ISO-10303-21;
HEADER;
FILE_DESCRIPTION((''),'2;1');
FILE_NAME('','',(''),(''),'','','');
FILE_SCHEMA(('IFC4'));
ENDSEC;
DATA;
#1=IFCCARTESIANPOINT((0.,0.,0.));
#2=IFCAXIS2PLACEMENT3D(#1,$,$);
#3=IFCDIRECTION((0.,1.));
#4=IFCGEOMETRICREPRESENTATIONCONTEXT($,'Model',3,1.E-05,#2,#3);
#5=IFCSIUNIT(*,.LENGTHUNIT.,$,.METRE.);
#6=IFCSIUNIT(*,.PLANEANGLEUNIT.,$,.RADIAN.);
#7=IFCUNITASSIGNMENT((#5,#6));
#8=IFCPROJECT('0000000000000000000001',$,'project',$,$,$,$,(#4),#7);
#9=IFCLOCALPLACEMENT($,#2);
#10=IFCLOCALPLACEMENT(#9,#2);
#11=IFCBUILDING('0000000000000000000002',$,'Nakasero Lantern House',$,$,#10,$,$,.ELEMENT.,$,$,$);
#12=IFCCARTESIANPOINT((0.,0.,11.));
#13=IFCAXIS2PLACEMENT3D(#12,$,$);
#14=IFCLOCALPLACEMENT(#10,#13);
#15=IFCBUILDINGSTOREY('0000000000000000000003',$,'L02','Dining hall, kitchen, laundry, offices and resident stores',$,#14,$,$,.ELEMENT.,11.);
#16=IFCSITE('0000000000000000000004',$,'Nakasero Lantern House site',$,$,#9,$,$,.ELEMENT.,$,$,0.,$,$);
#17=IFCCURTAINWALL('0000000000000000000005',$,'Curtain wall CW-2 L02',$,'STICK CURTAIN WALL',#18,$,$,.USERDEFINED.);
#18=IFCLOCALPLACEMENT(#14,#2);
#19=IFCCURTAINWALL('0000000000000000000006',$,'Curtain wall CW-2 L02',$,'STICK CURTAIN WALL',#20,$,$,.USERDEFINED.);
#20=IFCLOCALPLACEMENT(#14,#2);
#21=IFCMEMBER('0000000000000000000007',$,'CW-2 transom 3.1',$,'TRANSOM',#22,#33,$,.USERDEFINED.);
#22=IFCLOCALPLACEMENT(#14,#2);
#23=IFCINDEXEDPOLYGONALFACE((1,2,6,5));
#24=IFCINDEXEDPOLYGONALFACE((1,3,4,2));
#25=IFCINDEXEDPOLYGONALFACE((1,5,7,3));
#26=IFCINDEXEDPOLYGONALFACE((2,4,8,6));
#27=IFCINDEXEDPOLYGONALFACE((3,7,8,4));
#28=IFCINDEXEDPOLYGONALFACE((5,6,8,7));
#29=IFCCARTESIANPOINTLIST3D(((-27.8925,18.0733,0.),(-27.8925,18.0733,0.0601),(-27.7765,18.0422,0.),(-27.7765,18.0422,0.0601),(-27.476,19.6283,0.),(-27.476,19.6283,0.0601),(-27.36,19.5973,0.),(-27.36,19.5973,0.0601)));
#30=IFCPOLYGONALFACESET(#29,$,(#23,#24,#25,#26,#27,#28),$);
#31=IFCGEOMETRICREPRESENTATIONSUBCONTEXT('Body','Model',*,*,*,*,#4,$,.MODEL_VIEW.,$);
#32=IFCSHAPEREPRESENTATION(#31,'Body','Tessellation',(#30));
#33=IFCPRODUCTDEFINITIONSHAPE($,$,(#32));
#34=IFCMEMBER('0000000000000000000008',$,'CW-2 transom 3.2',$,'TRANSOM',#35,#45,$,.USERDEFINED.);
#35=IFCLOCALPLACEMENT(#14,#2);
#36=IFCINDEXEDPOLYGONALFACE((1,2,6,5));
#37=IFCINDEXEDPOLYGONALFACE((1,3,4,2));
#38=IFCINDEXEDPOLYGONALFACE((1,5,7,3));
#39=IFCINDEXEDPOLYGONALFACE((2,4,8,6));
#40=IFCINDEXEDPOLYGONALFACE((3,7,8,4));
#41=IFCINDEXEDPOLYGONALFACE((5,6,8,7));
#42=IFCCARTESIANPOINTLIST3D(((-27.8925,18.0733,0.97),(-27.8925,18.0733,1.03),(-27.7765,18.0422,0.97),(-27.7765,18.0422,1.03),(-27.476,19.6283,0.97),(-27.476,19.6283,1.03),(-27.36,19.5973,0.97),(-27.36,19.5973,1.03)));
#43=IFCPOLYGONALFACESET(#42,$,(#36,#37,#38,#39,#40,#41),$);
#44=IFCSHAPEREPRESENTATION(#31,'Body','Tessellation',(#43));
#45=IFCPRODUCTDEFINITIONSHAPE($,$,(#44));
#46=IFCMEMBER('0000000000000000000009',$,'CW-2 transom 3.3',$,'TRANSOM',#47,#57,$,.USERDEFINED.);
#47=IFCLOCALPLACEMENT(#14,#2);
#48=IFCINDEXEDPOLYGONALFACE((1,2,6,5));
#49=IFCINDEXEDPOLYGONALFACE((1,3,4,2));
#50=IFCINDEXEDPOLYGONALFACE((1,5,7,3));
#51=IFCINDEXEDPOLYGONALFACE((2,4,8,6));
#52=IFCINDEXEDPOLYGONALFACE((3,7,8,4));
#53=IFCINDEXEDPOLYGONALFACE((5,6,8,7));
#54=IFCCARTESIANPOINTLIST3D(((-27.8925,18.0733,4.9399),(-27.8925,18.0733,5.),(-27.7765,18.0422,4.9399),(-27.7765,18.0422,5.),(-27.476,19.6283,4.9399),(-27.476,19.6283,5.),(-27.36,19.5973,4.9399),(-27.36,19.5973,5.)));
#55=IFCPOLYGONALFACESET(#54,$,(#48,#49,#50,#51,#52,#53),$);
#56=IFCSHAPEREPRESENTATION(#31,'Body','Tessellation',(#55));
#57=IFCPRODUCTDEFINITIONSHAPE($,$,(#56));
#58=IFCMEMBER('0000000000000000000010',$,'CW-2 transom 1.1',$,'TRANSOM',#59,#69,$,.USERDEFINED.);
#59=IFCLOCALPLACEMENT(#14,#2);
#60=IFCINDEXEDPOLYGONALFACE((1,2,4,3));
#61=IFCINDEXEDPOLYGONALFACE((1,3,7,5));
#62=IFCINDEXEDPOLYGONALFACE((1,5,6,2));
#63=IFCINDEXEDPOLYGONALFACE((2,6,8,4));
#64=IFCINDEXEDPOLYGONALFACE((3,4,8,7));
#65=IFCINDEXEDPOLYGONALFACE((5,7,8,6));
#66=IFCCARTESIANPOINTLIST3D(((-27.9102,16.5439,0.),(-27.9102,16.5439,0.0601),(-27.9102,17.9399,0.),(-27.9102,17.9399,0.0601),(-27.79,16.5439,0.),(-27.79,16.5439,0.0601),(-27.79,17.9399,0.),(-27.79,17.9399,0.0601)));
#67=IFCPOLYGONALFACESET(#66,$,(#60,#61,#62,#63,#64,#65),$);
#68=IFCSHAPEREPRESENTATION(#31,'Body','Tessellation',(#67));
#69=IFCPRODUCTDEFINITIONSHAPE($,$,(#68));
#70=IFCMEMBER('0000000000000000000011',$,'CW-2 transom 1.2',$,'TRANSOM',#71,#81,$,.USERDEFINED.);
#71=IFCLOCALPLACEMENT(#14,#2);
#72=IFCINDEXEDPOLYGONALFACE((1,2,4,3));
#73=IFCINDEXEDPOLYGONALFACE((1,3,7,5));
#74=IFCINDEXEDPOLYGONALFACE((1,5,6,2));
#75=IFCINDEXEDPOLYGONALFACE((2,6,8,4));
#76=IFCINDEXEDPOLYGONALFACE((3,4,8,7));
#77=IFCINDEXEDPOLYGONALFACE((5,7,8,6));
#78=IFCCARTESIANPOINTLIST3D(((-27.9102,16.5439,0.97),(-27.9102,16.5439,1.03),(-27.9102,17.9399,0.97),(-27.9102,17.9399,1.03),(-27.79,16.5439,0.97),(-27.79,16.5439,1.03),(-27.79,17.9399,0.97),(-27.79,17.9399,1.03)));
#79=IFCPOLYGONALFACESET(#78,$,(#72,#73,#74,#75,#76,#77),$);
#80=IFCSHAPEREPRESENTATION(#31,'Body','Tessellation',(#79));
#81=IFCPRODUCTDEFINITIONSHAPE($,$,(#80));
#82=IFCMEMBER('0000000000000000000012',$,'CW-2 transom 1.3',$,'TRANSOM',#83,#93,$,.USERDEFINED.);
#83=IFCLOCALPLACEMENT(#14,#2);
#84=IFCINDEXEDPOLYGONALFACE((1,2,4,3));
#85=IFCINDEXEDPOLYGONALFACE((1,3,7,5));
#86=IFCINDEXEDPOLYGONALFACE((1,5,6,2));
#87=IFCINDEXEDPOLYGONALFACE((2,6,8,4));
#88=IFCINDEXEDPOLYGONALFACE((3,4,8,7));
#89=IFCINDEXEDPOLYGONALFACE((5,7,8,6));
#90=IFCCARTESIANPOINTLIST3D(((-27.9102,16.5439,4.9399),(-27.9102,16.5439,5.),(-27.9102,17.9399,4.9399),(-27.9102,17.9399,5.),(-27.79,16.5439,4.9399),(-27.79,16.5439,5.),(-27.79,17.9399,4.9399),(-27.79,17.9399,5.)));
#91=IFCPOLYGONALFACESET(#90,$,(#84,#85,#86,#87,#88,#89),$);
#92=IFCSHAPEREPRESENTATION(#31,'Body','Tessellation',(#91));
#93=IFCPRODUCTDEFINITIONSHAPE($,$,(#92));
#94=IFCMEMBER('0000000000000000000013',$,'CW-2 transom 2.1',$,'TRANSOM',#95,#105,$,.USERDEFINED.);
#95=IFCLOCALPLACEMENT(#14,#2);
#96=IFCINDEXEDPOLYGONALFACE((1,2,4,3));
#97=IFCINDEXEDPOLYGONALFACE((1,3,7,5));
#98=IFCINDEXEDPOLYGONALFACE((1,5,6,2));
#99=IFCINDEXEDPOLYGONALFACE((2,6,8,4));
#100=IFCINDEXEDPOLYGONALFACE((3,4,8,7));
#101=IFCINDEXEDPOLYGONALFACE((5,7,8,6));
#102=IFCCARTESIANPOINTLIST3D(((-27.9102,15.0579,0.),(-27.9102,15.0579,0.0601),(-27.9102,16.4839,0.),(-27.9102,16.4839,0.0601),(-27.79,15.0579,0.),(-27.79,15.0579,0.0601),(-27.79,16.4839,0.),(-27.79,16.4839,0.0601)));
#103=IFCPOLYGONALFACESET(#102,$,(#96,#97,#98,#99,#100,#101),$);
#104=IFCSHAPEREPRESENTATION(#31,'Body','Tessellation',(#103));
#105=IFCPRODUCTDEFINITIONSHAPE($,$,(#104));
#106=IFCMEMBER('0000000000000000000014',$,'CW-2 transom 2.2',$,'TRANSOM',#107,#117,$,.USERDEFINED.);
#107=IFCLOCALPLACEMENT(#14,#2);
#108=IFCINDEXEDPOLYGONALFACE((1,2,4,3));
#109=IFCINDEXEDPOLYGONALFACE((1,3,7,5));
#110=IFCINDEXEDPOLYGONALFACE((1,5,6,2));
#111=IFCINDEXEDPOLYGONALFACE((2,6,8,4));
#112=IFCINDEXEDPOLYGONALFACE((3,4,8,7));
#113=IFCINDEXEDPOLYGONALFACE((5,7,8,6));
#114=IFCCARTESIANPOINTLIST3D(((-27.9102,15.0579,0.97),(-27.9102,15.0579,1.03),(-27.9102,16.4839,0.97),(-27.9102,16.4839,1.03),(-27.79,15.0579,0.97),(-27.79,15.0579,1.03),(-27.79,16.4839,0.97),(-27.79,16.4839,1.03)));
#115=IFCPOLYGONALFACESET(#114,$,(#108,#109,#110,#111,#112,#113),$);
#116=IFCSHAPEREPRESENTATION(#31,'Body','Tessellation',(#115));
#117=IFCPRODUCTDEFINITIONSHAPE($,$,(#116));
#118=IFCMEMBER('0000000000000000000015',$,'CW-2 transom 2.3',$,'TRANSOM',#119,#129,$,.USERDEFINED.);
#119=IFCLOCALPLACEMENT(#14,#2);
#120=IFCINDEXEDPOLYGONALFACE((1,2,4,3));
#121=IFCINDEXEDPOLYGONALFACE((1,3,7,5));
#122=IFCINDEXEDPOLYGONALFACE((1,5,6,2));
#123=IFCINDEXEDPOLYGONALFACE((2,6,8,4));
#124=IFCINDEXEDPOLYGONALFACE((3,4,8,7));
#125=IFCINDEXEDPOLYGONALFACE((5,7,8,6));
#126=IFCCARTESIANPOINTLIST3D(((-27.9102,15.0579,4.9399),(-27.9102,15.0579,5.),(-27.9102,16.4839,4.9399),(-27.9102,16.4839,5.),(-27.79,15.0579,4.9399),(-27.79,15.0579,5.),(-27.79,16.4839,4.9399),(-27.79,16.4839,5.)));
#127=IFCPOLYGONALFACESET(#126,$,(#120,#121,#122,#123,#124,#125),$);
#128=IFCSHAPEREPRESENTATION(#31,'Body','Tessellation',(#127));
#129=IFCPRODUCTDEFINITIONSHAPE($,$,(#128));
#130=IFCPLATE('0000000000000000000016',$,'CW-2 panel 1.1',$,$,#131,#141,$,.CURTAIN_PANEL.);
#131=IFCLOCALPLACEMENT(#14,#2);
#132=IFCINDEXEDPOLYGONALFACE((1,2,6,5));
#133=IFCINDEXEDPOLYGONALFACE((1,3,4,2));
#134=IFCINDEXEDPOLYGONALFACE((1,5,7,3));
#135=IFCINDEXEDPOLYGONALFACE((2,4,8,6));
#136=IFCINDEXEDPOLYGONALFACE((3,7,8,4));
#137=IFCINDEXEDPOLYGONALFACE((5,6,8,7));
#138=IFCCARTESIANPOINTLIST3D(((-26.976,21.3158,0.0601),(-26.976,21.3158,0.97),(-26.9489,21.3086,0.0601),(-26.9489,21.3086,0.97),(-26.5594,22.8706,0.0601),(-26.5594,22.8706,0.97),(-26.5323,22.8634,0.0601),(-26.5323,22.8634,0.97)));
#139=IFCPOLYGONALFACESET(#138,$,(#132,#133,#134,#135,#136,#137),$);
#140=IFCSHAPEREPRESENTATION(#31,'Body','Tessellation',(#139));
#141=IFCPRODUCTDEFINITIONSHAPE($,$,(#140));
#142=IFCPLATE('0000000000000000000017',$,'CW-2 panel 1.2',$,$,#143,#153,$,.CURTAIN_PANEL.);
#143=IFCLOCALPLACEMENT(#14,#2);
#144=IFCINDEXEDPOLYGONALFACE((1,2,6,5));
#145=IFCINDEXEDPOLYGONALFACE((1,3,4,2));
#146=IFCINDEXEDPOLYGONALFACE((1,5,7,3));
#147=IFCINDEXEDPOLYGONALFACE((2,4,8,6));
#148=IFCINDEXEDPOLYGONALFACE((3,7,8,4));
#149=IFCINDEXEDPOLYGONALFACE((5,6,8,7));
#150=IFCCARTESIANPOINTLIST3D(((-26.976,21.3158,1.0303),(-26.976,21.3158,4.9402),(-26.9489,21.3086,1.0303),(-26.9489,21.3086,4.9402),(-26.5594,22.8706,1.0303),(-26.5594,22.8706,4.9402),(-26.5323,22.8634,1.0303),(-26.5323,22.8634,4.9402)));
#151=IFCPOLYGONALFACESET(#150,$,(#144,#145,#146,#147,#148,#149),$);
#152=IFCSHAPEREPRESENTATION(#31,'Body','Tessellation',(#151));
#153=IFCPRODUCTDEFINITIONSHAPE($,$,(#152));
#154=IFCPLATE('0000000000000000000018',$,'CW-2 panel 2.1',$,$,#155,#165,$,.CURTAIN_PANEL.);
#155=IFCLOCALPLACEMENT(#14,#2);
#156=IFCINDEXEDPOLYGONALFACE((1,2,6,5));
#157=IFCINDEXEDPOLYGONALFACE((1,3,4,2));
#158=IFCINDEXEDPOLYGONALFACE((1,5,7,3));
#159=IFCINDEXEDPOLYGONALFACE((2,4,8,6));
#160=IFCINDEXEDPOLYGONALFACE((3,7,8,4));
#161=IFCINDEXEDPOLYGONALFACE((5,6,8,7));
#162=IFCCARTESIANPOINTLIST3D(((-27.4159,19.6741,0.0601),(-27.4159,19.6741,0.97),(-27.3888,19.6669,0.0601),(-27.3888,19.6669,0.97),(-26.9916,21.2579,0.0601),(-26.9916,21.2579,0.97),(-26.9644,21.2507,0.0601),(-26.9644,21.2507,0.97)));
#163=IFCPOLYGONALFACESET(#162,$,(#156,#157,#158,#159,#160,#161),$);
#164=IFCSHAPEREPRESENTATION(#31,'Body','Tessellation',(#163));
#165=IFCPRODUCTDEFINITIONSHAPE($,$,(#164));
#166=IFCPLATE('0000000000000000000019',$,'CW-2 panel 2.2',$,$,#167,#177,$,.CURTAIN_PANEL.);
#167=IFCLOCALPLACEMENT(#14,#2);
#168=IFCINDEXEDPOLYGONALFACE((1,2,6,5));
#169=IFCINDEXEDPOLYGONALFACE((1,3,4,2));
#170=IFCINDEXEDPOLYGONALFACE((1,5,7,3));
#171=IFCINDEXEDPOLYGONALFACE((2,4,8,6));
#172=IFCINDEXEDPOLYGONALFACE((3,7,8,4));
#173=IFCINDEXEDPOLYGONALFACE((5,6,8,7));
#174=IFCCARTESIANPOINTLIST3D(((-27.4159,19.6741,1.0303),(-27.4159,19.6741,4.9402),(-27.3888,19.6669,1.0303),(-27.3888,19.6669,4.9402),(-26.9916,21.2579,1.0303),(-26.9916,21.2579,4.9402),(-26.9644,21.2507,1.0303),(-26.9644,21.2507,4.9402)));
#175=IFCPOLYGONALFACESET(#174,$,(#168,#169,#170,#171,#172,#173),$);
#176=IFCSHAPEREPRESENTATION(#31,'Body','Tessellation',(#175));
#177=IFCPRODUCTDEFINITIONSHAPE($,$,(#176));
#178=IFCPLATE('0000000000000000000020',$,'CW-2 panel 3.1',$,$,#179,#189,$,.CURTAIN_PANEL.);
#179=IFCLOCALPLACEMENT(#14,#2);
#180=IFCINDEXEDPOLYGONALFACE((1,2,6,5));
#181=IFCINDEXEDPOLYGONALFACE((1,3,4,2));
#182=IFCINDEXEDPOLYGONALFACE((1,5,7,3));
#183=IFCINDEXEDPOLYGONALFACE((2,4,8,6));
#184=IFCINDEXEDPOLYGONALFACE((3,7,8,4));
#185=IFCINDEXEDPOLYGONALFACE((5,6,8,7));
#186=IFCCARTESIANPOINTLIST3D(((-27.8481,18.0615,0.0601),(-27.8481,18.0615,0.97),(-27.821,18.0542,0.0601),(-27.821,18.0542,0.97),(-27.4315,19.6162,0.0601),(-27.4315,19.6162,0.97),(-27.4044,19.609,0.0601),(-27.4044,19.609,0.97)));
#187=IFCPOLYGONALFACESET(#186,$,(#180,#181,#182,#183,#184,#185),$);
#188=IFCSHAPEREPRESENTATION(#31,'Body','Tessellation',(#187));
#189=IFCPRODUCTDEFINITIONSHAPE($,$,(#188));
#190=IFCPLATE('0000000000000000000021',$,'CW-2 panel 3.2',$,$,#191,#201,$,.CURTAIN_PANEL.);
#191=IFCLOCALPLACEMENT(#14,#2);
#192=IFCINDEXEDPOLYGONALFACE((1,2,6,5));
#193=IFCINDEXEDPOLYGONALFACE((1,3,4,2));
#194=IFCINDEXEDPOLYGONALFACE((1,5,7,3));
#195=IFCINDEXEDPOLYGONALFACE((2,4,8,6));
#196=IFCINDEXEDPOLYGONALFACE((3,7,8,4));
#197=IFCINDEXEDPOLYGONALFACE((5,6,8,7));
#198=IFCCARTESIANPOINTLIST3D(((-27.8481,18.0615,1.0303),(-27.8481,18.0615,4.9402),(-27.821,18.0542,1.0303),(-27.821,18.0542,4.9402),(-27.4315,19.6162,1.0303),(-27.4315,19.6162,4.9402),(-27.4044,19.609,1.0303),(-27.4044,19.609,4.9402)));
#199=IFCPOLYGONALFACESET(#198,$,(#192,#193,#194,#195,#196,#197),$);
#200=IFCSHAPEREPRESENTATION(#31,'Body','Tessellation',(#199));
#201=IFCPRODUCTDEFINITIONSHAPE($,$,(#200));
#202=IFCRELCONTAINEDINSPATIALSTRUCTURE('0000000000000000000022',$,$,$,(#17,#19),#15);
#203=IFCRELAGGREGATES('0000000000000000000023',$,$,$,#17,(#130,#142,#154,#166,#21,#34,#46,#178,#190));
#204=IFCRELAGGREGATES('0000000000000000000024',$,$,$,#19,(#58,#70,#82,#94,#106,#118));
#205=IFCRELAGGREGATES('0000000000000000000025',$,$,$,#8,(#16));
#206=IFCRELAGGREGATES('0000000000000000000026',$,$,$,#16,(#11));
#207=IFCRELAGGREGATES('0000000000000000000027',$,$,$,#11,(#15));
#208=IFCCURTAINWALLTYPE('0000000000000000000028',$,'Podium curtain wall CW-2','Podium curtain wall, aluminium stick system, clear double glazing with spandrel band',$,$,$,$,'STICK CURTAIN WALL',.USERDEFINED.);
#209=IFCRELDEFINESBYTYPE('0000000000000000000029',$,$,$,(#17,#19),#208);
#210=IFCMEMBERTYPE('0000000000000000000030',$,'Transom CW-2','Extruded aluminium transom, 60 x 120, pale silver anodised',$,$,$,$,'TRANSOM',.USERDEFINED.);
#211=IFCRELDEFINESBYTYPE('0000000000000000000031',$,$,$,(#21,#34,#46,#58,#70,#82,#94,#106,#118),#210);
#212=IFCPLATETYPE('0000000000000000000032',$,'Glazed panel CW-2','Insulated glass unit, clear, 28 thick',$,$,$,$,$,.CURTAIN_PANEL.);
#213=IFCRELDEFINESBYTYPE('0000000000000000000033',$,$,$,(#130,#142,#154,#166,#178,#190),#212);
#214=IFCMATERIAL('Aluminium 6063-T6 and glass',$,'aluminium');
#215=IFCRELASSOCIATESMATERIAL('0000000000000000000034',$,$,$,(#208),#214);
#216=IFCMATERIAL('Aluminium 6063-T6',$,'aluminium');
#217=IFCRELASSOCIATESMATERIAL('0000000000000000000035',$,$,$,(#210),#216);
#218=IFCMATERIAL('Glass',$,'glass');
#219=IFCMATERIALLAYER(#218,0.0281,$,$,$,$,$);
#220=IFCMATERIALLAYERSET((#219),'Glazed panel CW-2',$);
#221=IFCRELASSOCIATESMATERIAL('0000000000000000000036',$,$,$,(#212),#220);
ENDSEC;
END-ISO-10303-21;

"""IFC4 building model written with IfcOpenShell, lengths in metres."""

from ifc_helpers import new_model, si_unit, direction, frame, origin, origin_2d, place, context, subcontext, project, spatial, rectangle, extrude, material, layer, layer_set, material_profile, profile_set, type_object, element, aggregate, save


model = new_model("IFC4")

# Units and contexts
model_context = context("Model", 3, precision=1e-05, world=origin(), true_north=direction((0.0, 1.0)))
body_context = subcontext(model_context, "Body", "Model", "MODEL_VIEW")
ifc_project = project(units=[si_unit("LENGTHUNIT", "METRE"), si_unit("PLANEANGLEUNIT", "RADIAN")], contexts=[model_context])

# Site, building, storey
site_placement = place(None, origin())
site = spatial("IfcSite", under=ifc_project, at=site_placement, Name="Nakasero Lantern House site", CompositionType="ELEMENT", RefElevation=0.0)
building_placement = place(site_placement, origin())
building = spatial("IfcBuilding", under=site, at=building_placement, Name="Nakasero Lantern House", CompositionType="ELEMENT")
storey_placement = place(building_placement, frame((0.0, 0.0, 11.0)))
storey = spatial("IfcBuildingStorey", under=building, at=storey_placement, Name="L02", Description="Dining hall, kitchen, laundry, offices and resident stores", CompositionType="ELEMENT", Elevation=11.0)

# Curtain walls
ifc_material_1 = material(Name="Aluminium 6063-T6 and glass", Category="aluminium")
curtain_wall_type = type_object("IfcCurtainWallType", Name="Podium curtain wall CW-2", Description="Podium curtain wall, aluminium stick system, clear double glazing with spandrel band", ElementType="STICK CURTAIN WALL", PredefinedType="USERDEFINED", material=ifc_material_1)
curtain_wall_1_placement = place(storey_placement, origin())
curtain_wall_1 = element("IfcCurtainWall", 1, at=curtain_wall_1_placement, inside=storey, type_object=curtain_wall_type, Name="Curtain wall CW-2 L02", ObjectType="STICK CURTAIN WALL", PredefinedType="USERDEFINED")
curtain_wall_2_placement = place(storey_placement, origin())
curtain_wall_2 = element("IfcCurtainWall", 2, at=curtain_wall_2_placement, inside=storey, type_object=curtain_wall_type, Name="Curtain wall CW-2 L02", ObjectType="STICK CURTAIN WALL", PredefinedType="USERDEFINED")

# Members
ifc_material_2 = material(Name="Aluminium 6063-T6", Category="aluminium")
ifc_material_profile_1 = material_profile(ifc_material_2, rectangle(XDim=0.0601, YDim=0.1201, at=origin_2d()), Name="CW-2 transom 60x120")
ifc_profile_set_1 = profile_set([ifc_material_profile_1], Name="Aluminium 6063-T6")
member_type_1 = type_object("IfcMemberType", Name="Transom CW-2", Description="Extruded aluminium transom, 60 x 120, pale silver anodised", ElementType="TRANSOM", PredefinedType="USERDEFINED", material=ifc_profile_set_1)
member_1_placement = place(storey_placement, frame((-27.418, 19.6128, 0.03), z_axis=(-0.258739, -0.965947, 0.0), x_axis=(0.0, 0.0, 1.0)))
member_1 = element("IfcMember", 3, at=member_1_placement, type_object=member_type_1, Name="CW-2 transom 3.1", ObjectType="TRANSOM", PredefinedType="USERDEFINED", context=body_context, shape_type="SweptSolid", body=[
    extrude(rectangle(XDim=0.0601, YDim=0.1201, at=origin_2d()), origin(), (0.0, 0.0, 1.0), 1.6099),
])
member_2_placement = place(storey_placement, frame((-27.418, 19.6128, 1.0), z_axis=(-0.258739, -0.965947, 0.0), x_axis=(0.0, 0.0, 1.0)))
member_2 = element("IfcMember", 4, at=member_2_placement, type_object=member_type_1, Name="CW-2 transom 3.2", ObjectType="TRANSOM", PredefinedType="USERDEFINED", context=body_context, shape_type="SweptSolid", body=[
    extrude(rectangle(XDim=0.0601, YDim=0.1201, at=origin_2d()), origin(), (0.0, 0.0, 1.0), 1.6099),
])
member_3_placement = place(storey_placement, frame((-27.418, 19.6128, 4.97), z_axis=(-0.258739, -0.965947, 0.0), x_axis=(0.0, 0.0, 1.0)))
member_3 = element("IfcMember", 5, at=member_3_placement, type_object=member_type_1, Name="CW-2 transom 3.3", ObjectType="TRANSOM", PredefinedType="USERDEFINED", context=body_context, shape_type="SweptSolid", body=[
    extrude(rectangle(XDim=0.0601, YDim=0.1201, at=origin_2d()), origin(), (0.0, 0.0, 1.0), 1.6099),
])
member_4_placement = place(storey_placement, frame((-27.8501, 17.9399, 0.03), z_axis=(0.0, -1.0, 0.0), x_axis=(0.0, 0.0, 1.0)))
member_4 = element("IfcMember", 6, at=member_4_placement, type_object=member_type_1, Name="CW-2 transom 1.1", ObjectType="TRANSOM", PredefinedType="USERDEFINED", context=body_context, shape_type="SweptSolid", body=[
    extrude(rectangle(XDim=0.0601, YDim=0.1201, at=origin_2d()), origin(), (0.0, 0.0, 1.0), 1.396),
])
member_5_placement = place(storey_placement, frame((-27.8501, 17.9399, 1.0), z_axis=(0.0, -1.0, 0.0), x_axis=(0.0, 0.0, 1.0)))
member_5 = element("IfcMember", 7, at=member_5_placement, type_object=member_type_1, Name="CW-2 transom 1.2", ObjectType="TRANSOM", PredefinedType="USERDEFINED", context=body_context, shape_type="SweptSolid", body=[
    extrude(rectangle(XDim=0.0601, YDim=0.1201, at=origin_2d()), origin(), (0.0, 0.0, 1.0), 1.396),
])
member_6_placement = place(storey_placement, frame((-27.8501, 17.9399, 4.97), z_axis=(0.0, -1.0, 0.0), x_axis=(0.0, 0.0, 1.0)))
member_6 = element("IfcMember", 8, at=member_6_placement, type_object=member_type_1, Name="CW-2 transom 1.3", ObjectType="TRANSOM", PredefinedType="USERDEFINED", context=body_context, shape_type="SweptSolid", body=[
    extrude(rectangle(XDim=0.0601, YDim=0.1201, at=origin_2d()), origin(), (0.0, 0.0, 1.0), 1.396),
])
member_7_placement = place(storey_placement, frame((-27.8501, 16.4839, 0.03), z_axis=(0.0, -1.0, 0.0), x_axis=(0.0, 0.0, 1.0)))
member_7 = element("IfcMember", 9, at=member_7_placement, type_object=member_type_1, Name="CW-2 transom 2.1", ObjectType="TRANSOM", PredefinedType="USERDEFINED", context=body_context, shape_type="SweptSolid", body=[
    extrude(rectangle(XDim=0.0601, YDim=0.1201, at=origin_2d()), origin(), (0.0, 0.0, 1.0), 1.426),
])
member_8_placement = place(storey_placement, frame((-27.8501, 16.4839, 1.0), z_axis=(0.0, -1.0, 0.0), x_axis=(0.0, 0.0, 1.0)))
member_8 = element("IfcMember", 10, at=member_8_placement, type_object=member_type_1, Name="CW-2 transom 2.2", ObjectType="TRANSOM", PredefinedType="USERDEFINED", context=body_context, shape_type="SweptSolid", body=[
    extrude(rectangle(XDim=0.0601, YDim=0.1201, at=origin_2d()), origin(), (0.0, 0.0, 1.0), 1.426),
])
member_9_placement = place(storey_placement, frame((-27.8501, 16.4839, 4.97), z_axis=(0.0, -1.0, 0.0), x_axis=(0.0, 0.0, 1.0)))
member_9 = element("IfcMember", 11, at=member_9_placement, type_object=member_type_1, Name="CW-2 transom 2.3", ObjectType="TRANSOM", PredefinedType="USERDEFINED", context=body_context, shape_type="SweptSolid", body=[
    extrude(rectangle(XDim=0.0601, YDim=0.1201, at=origin_2d()), origin(), (0.0, 0.0, 1.0), 1.426),
])

# Plates
ifc_material_3 = material(Name="Glass", Category="glass")
ifc_layer = layer(ifc_material_3, 0.0281)
ifc_layer_set = layer_set([ifc_layer], Name="Glazed panel CW-2")
plate_type = type_object("IfcPlateType", Name="Glazed panel CW-2", Description="Insulated glass unit, clear, 28 thick", PredefinedType="CURTAIN_PANEL", material=ifc_layer_set)
plate_1_placement = place(storey_placement, frame((-26.7542, 22.0896, 0.0601), z_axis=(0.0, 0.0, 1.0), x_axis=(-0.258819, -0.965926, 0.0)))
plate_1 = element("IfcPlate", 12, at=plate_1_placement, type_object=plate_type, Name="CW-2 panel 1.1", PredefinedType="CURTAIN_PANEL", context=body_context, shape_type="SweptSolid", body=[
    extrude(rectangle(XDim=1.6096, YDim=0.0281, at=origin_2d()), origin(), (0.0, 0.0, 1.0), 0.9099),
])
plate_2_placement = place(storey_placement, frame((-26.7542, 22.0896, 1.0303), z_axis=(0.0, 0.0, 1.0), x_axis=(-0.258819, -0.965926, 0.0)))
plate_2 = element("IfcPlate", 13, at=plate_2_placement, type_object=plate_type, Name="CW-2 panel 1.2", PredefinedType="CURTAIN_PANEL", context=body_context, shape_type="SweptSolid", body=[
    extrude(rectangle(XDim=1.6096, YDim=0.0281, at=origin_2d()), origin(), (0.0, 0.0, 1.0), 3.9099),
])
plate_3_placement = place(storey_placement, frame((-27.1902, 20.4624, 0.0601), z_axis=(0.0, 0.0, 1.0), x_axis=(-0.258819, -0.965926, 0.0)))
plate_3 = element("IfcPlate", 14, at=plate_3_placement, type_object=plate_type, Name="CW-2 panel 2.1", PredefinedType="CURTAIN_PANEL", context=body_context, shape_type="SweptSolid", body=[
    extrude(rectangle(XDim=1.6396, YDim=0.0281, at=origin_2d()), origin(), (0.0, 0.0, 1.0), 0.9099),
])
plate_4_placement = place(storey_placement, frame((-27.1902, 20.4624, 1.0303), z_axis=(0.0, 0.0, 1.0), x_axis=(-0.258819, -0.965926, 0.0)))
plate_4 = element("IfcPlate", 15, at=plate_4_placement, type_object=plate_type, Name="CW-2 panel 2.2", PredefinedType="CURTAIN_PANEL", context=body_context, shape_type="SweptSolid", body=[
    extrude(rectangle(XDim=1.6396, YDim=0.0281, at=origin_2d()), origin(), (0.0, 0.0, 1.0), 3.9099),
])
plate_5_placement = place(storey_placement, frame((-27.6262, 18.8352, 0.0601), z_axis=(0.0, 0.0, 1.0), x_axis=(-0.258819, -0.965926, 0.0)))
plate_5 = element("IfcPlate", 16, at=plate_5_placement, type_object=plate_type, Name="CW-2 panel 3.1", PredefinedType="CURTAIN_PANEL", context=body_context, shape_type="SweptSolid", body=[
    extrude(rectangle(XDim=1.6096, YDim=0.0281, at=origin_2d()), origin(), (0.0, 0.0, 1.0), 0.9099),
])
plate_6_placement = place(storey_placement, frame((-27.6262, 18.8352, 1.0303), z_axis=(0.0, 0.0, 1.0), x_axis=(-0.258819, -0.965926, 0.0)))
plate_6 = element("IfcPlate", 17, at=plate_6_placement, type_object=plate_type, Name="CW-2 panel 3.2", PredefinedType="CURTAIN_PANEL", context=body_context, shape_type="SweptSolid", body=[
    extrude(rectangle(XDim=1.6096, YDim=0.0281, at=origin_2d()), origin(), (0.0, 0.0, 1.0), 3.9099),
])
aggregate(curtain_wall_1, [plate_1, plate_2, plate_3, plate_4, member_1, member_2, member_3, plate_5, plate_6])
aggregate(curtain_wall_2, [member_4, member_5, member_6, member_7, member_8, member_9])

save(model, "model.ifc")
